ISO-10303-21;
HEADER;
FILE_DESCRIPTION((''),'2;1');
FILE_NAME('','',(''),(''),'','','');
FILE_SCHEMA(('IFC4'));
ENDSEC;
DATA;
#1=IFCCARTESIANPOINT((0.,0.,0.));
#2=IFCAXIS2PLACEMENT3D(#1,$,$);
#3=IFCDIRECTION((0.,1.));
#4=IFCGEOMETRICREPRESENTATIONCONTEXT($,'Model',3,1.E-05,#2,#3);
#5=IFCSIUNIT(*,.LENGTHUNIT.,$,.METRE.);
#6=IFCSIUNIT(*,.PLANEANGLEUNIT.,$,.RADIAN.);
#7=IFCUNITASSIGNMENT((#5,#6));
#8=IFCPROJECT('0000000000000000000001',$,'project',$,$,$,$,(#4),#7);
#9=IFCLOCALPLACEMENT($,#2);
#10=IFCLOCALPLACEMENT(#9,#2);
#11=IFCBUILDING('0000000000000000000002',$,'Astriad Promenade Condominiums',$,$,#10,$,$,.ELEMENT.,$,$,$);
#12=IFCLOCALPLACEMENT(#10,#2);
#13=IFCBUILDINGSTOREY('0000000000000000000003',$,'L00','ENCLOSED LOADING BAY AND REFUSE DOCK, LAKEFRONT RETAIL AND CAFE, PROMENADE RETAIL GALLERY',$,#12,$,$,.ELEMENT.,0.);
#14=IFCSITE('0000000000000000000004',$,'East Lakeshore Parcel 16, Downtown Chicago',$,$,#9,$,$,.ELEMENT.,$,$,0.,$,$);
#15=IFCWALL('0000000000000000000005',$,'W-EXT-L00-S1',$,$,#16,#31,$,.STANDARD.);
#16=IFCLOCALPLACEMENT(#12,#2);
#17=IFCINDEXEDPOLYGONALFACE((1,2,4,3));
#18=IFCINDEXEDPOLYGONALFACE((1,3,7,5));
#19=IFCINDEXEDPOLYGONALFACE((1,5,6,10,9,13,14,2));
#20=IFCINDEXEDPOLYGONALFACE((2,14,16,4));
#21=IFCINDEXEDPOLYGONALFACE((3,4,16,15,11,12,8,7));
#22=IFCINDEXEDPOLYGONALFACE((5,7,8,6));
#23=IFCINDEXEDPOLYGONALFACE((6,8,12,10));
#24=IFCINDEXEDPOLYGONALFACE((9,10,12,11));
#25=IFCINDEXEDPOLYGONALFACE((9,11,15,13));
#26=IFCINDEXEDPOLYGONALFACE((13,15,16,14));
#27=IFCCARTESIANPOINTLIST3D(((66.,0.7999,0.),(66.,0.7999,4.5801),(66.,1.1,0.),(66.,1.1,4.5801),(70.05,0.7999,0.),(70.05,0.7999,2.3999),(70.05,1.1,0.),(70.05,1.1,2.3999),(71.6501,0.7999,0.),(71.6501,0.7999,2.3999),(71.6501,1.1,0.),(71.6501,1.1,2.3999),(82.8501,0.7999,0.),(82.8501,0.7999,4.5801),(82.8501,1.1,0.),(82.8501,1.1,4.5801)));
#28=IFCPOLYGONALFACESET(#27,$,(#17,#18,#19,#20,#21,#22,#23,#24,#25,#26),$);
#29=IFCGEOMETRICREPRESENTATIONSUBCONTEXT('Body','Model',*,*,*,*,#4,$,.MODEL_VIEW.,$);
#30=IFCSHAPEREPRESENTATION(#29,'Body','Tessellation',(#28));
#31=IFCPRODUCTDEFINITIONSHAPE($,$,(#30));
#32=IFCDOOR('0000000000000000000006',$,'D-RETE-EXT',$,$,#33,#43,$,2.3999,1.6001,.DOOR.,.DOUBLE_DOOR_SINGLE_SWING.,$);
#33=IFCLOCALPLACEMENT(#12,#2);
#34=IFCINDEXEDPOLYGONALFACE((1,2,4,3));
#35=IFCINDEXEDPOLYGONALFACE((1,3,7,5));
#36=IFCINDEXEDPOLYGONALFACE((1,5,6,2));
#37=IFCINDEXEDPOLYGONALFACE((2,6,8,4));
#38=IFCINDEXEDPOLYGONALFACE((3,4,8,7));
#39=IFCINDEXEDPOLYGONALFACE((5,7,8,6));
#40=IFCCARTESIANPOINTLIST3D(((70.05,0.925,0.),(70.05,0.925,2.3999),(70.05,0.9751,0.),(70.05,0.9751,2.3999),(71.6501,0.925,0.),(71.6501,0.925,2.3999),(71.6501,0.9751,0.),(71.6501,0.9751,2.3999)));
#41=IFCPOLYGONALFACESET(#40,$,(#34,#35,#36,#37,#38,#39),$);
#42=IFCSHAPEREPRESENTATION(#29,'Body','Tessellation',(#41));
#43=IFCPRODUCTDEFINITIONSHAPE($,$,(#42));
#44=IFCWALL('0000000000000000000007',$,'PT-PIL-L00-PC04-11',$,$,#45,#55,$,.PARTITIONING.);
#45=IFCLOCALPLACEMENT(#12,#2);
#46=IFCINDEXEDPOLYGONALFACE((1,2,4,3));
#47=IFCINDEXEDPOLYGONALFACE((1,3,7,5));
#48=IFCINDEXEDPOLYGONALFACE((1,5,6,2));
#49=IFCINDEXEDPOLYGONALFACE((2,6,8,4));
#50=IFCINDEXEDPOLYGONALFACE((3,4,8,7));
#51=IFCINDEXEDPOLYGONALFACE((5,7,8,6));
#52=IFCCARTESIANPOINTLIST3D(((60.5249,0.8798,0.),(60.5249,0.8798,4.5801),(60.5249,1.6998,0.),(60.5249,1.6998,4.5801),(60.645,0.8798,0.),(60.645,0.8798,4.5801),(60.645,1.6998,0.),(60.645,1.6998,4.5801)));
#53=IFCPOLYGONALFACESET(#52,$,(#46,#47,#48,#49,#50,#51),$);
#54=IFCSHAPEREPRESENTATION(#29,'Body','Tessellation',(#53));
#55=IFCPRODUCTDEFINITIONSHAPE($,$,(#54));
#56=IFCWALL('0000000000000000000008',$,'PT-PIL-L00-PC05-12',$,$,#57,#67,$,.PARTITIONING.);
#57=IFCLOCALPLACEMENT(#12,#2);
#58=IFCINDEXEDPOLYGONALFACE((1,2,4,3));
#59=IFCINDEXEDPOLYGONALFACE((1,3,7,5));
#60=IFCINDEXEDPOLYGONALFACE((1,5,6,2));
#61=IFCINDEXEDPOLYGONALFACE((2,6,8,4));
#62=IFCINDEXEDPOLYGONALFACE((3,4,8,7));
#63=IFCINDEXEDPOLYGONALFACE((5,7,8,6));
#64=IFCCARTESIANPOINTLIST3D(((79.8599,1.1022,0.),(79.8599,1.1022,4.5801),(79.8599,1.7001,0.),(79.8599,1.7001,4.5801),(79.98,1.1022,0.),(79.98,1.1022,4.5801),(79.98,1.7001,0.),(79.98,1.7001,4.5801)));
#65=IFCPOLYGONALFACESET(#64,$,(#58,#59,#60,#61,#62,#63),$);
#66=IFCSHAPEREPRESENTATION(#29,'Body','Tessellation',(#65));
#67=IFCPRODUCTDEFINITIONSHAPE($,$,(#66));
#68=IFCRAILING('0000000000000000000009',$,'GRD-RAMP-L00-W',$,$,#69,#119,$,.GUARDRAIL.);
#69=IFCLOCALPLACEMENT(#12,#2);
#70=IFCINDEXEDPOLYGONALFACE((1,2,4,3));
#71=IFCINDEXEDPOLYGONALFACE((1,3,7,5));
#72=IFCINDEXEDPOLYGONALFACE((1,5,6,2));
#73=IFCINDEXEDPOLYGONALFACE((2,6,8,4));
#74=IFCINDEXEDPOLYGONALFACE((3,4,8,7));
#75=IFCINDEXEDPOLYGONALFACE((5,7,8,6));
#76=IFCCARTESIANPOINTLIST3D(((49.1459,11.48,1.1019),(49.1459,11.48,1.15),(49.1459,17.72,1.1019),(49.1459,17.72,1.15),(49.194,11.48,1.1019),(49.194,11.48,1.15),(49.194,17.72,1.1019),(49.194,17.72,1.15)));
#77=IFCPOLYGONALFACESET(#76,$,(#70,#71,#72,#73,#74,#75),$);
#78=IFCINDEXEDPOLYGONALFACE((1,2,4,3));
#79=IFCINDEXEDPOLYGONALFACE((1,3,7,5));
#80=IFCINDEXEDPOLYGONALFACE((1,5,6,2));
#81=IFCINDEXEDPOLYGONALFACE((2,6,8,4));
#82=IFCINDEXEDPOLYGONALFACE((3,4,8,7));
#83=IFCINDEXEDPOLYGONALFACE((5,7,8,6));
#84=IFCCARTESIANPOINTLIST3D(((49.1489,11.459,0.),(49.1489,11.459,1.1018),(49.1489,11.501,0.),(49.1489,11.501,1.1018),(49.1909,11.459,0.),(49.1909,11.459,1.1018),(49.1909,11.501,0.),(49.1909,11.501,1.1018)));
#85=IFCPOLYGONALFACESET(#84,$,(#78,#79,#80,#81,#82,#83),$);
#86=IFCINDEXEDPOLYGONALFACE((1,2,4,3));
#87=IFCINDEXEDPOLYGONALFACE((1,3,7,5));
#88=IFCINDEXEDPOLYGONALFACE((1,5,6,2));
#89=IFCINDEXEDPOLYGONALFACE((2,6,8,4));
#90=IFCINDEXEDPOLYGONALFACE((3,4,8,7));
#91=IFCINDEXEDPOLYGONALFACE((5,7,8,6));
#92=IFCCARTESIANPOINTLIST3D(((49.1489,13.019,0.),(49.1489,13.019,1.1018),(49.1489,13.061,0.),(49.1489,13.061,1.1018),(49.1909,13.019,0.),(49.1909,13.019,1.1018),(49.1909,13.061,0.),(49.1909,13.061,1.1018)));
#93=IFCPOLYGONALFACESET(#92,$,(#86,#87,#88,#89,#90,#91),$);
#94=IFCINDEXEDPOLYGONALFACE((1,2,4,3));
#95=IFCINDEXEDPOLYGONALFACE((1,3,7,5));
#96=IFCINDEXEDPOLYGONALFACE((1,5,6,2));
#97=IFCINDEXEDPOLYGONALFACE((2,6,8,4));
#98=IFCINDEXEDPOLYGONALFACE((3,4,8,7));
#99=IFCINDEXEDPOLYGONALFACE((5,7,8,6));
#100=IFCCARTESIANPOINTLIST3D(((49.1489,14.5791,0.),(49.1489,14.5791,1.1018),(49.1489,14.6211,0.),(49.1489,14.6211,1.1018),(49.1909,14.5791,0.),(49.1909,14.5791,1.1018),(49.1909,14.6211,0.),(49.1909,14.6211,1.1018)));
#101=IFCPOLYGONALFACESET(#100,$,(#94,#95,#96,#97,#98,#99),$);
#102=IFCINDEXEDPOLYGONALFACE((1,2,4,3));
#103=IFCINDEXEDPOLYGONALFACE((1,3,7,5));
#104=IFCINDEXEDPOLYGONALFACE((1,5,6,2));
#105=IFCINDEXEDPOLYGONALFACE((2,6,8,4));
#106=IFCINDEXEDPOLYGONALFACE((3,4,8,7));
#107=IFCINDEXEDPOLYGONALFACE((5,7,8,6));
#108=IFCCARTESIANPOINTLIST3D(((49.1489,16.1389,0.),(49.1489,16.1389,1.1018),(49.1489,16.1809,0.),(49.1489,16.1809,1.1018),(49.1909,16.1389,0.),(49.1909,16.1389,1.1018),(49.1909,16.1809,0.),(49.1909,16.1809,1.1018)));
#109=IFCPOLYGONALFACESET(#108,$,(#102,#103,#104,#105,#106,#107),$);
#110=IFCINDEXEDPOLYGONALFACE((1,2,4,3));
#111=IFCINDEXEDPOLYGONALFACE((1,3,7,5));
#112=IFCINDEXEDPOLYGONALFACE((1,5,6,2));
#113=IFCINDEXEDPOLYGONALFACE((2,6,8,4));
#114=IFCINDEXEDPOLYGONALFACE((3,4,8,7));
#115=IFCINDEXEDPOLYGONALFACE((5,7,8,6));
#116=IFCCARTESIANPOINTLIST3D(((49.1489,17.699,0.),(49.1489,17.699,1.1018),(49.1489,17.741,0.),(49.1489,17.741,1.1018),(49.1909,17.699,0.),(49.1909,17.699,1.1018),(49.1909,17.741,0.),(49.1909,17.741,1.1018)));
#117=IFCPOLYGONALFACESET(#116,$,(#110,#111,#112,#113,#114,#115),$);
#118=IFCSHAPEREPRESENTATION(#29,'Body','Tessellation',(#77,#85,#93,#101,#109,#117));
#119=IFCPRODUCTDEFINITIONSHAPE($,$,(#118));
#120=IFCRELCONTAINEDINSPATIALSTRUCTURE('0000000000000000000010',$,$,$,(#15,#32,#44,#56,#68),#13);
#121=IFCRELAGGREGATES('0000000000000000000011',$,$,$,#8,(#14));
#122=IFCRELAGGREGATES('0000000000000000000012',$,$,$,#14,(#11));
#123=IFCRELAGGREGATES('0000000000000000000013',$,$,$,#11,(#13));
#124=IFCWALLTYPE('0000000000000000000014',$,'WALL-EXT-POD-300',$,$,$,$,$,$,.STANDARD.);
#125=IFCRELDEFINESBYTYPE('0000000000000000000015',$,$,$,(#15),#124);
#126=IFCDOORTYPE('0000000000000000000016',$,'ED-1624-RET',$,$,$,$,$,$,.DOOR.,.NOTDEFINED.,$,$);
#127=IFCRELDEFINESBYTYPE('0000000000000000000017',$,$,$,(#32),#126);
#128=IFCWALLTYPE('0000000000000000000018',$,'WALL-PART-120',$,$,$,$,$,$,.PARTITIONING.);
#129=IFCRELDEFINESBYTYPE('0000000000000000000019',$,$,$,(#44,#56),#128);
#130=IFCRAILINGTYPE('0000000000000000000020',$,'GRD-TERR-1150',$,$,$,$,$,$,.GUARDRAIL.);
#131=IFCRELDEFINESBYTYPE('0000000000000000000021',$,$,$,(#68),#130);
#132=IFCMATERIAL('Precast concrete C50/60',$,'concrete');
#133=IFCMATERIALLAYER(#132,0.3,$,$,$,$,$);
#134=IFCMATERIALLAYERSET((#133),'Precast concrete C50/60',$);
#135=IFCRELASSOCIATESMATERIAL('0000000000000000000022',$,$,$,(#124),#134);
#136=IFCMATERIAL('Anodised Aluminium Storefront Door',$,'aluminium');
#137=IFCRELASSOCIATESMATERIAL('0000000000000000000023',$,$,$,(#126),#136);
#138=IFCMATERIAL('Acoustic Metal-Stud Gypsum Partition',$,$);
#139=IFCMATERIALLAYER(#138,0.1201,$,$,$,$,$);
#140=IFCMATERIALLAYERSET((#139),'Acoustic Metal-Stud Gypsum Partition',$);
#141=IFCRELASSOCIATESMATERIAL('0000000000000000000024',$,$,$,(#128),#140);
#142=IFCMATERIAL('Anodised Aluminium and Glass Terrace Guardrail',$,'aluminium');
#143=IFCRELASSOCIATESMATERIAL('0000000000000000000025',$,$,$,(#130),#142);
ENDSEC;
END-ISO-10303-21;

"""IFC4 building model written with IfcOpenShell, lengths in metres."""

from ifc_helpers import new_model, si_unit, direction, frame, frame_2d, origin, origin_2d, place, context, subcontext, project, spatial, rectangle, extrude, source, transform, mapped, material, layer, layer_set, type_object, type_shapes, element, fill, save


model = new_model("IFC4")

# Units and contexts
model_context = context("Model", 3, precision=1e-05, world=origin(), true_north=direction((0.0, 1.0)))
body_context = subcontext(model_context, "Body", "Model", "MODEL_VIEW")
ifc_project = project(units=[si_unit("LENGTHUNIT", "METRE"), si_unit("PLANEANGLEUNIT", "RADIAN")], contexts=[model_context])

# Site, building, storey
site_placement = place(None, origin())
site = spatial("IfcSite", under=ifc_project, at=site_placement, Name="East Lakeshore Parcel 16, Downtown Chicago", CompositionType="ELEMENT", RefElevation=0.0)
building_placement = place(site_placement, origin())
building = spatial("IfcBuilding", under=site, at=building_placement, Name="Astriad Promenade Condominiums", CompositionType="ELEMENT")
storey_placement = place(building_placement, origin())
storey = spatial("IfcBuildingStorey", under=building, at=storey_placement, Name="L00", Description="ENCLOSED LOADING BAY AND REFUSE DOCK, LAKEFRONT RETAIL AND CAFE, PROMENADE RETAIL GALLERY", CompositionType="ELEMENT", Elevation=0.0)

# Wall, opening, door
ifc_material_1 = material(Name="Precast concrete C50/60", Category="concrete")
ifc_layer_1 = layer(ifc_material_1, 0.3)
ifc_layer_set_1 = layer_set([ifc_layer_1], Name="Precast concrete C50/60")
wall_type_1 = type_object("IfcWallType", Name="WALL-EXT-POD-300", PredefinedType="STANDARD", material=ifc_layer_set_1)
wall_1_placement = place(storey_placement, frame((82.8501, 0.95, 0.0), z_axis=(0.0, 0.0, 1.0), x_axis=(-1.0, 0.0, 0.0)))
wall_1 = element("IfcWall", 1, at=wall_1_placement, inside=storey, type_object=wall_type_1, Name="W-EXT-L00-S1", PredefinedType="STANDARD", context=body_context, shape_type="SweptSolid", body=[
    extrude(rectangle(XDim=16.8501, YDim=0.3, at=frame_2d((8.425, 0.0))), origin(), (0.0, 0.0, 1.0), 4.5801),
])
opening_placement = place(wall_1_placement, frame((11.2, 0.0, 0.0)))
opening = element("IfcOpeningElement", 2, at=opening_placement, cuts=wall_1, PredefinedType="OPENING", context=body_context, shape_type="SweptSolid", body=[
    extrude(rectangle(XDim=1.6001, YDim=2.3999, at=frame_2d((0.8, 1.2))), frame((0.0, 0.1599, 0.0), z_axis=(0.0, -1.0, 0.0), x_axis=(1.0, 0.0, 0.0)), (0.0, 0.0, 1.0), 0.3201),
])
ifc_material_2 = material(Name="Anodised Aluminium Storefront Door", Category="aluminium")
door_type = type_object("IfcDoorType", Name="ED-1624-RET", OperationType="NOTDEFINED", PredefinedType="DOOR", material=ifc_material_2)
shared_shape_1 = source(origin(), body_context, "Body", "SweptSolid", [
    extrude(rectangle(XDim=1.6001, YDim=2.3999, at=frame_2d((0.8, 1.2))), frame((0.0, 0.0249, 0.0), z_axis=(0.0, -1.0, 0.0), x_axis=(1.0, 0.0, 0.0)), (0.0, 0.0, 1.0), 0.05),
])
type_shapes(door_type, [shared_shape_1])
door_placement = place(opening_placement, origin())
door = element("IfcDoor", 3, at=door_placement, inside=storey, type_object=door_type, Name="D-RETE-EXT", OperationType="DOUBLE_DOOR_SINGLE_SWING", OverallHeight=2.3999, OverallWidth=1.6001, PredefinedType="DOOR", context=body_context, shape_type="MappedRepresentation", body=[
    mapped(shared_shape_1, transform((0.0, 0.0, 0.0), scale=1.0)),
])
fill(opening, door)

# Walls
ifc_material_3 = material(Name="Acoustic Metal-Stud Gypsum Partition")
ifc_layer_2 = layer(ifc_material_3, 0.1201)
ifc_layer_set_2 = layer_set([ifc_layer_2], Name="Acoustic Metal-Stud Gypsum Partition")
wall_type_2 = type_object("IfcWallType", Name="WALL-PART-120", PredefinedType="PARTITIONING", material=ifc_layer_set_2)
wall_2_placement = place(storey_placement, frame((60.585, 1.7, 0.0), z_axis=(0.0, 0.0, 1.0), x_axis=(0.0, -1.0, 0.0)))
element("IfcWall", 4, at=wall_2_placement, inside=storey, type_object=wall_type_2, Name="PT-PIL-L00-PC04-11", PredefinedType="PARTITIONING", context=body_context, shape_type="SweptSolid", body=[
    extrude(rectangle(XDim=0.8201, YDim=0.1201, at=frame_2d((0.4102, 0.0))), origin(), (0.0, 0.0, 1.0), 4.5801),
])
wall_3_placement = place(storey_placement, frame((79.9199, 1.7, 0.0), z_axis=(0.0, 0.0, 1.0), x_axis=(0.0, -1.0, 0.0)))
element("IfcWall", 5, at=wall_3_placement, inside=storey, type_object=wall_type_2, Name="PT-PIL-L00-PC05-12", PredefinedType="PARTITIONING", context=body_context, shape_type="SweptSolid", body=[
    extrude(rectangle(XDim=0.5979, YDim=0.1201, at=frame_2d((0.2988, 0.0))), origin(), (0.0, 0.0, 1.0), 4.5801),
])

# Railing
ifc_material_4 = material(Name="Anodised Aluminium and Glass Terrace Guardrail", Category="aluminium")
railing_type = type_object("IfcRailingType", Name="GRD-TERR-1150", PredefinedType="GUARDRAIL", material=ifc_material_4)
shared_shape_2 = source(origin(), body_context, "Body", "SweptSolid", [
    extrude(rectangle(XDim=0.0481, YDim=0.0481, at=origin_2d()), frame((0.0, 0.0, 1.126), z_axis=(0.0, 1.0, 0.0), x_axis=(-1.0, 0.0, 0.0)), (0.0, 0.0, 1.0), 6.24),
    extrude(rectangle(XDim=0.042, YDim=0.042, at=origin_2d()), origin(), (0.0, 0.0, 1.0), 1.1018),
    extrude(rectangle(XDim=0.042, YDim=0.042, at=origin_2d()), frame((0.0, 1.5601, 0.0)), (0.0, 0.0, 1.0), 1.1018),
    extrude(rectangle(XDim=0.042, YDim=0.042, at=origin_2d()), frame((0.0, 3.1201, 0.0)), (0.0, 0.0, 1.0), 1.1018),
    extrude(rectangle(XDim=0.042, YDim=0.042, at=origin_2d()), frame((0.0, 4.6799, 0.0)), (0.0, 0.0, 1.0), 1.1018),
    extrude(rectangle(XDim=0.042, YDim=0.042, at=origin_2d()), frame((0.0, 6.24, 0.0)), (0.0, 0.0, 1.0), 1.1018),
])
railing_placement = place(storey_placement, frame((49.1699, 11.48, 0.0)))
element("IfcRailing", 6, at=railing_placement, inside=storey, type_object=railing_type, Name="GRD-RAMP-L00-W", PredefinedType="GUARDRAIL", context=body_context, shape_type="MappedRepresentation", body=[
    mapped(shared_shape_2, transform((0.0, 0.0, 0.0), scale=1.0)),
])

save(model, "model.ifc")
